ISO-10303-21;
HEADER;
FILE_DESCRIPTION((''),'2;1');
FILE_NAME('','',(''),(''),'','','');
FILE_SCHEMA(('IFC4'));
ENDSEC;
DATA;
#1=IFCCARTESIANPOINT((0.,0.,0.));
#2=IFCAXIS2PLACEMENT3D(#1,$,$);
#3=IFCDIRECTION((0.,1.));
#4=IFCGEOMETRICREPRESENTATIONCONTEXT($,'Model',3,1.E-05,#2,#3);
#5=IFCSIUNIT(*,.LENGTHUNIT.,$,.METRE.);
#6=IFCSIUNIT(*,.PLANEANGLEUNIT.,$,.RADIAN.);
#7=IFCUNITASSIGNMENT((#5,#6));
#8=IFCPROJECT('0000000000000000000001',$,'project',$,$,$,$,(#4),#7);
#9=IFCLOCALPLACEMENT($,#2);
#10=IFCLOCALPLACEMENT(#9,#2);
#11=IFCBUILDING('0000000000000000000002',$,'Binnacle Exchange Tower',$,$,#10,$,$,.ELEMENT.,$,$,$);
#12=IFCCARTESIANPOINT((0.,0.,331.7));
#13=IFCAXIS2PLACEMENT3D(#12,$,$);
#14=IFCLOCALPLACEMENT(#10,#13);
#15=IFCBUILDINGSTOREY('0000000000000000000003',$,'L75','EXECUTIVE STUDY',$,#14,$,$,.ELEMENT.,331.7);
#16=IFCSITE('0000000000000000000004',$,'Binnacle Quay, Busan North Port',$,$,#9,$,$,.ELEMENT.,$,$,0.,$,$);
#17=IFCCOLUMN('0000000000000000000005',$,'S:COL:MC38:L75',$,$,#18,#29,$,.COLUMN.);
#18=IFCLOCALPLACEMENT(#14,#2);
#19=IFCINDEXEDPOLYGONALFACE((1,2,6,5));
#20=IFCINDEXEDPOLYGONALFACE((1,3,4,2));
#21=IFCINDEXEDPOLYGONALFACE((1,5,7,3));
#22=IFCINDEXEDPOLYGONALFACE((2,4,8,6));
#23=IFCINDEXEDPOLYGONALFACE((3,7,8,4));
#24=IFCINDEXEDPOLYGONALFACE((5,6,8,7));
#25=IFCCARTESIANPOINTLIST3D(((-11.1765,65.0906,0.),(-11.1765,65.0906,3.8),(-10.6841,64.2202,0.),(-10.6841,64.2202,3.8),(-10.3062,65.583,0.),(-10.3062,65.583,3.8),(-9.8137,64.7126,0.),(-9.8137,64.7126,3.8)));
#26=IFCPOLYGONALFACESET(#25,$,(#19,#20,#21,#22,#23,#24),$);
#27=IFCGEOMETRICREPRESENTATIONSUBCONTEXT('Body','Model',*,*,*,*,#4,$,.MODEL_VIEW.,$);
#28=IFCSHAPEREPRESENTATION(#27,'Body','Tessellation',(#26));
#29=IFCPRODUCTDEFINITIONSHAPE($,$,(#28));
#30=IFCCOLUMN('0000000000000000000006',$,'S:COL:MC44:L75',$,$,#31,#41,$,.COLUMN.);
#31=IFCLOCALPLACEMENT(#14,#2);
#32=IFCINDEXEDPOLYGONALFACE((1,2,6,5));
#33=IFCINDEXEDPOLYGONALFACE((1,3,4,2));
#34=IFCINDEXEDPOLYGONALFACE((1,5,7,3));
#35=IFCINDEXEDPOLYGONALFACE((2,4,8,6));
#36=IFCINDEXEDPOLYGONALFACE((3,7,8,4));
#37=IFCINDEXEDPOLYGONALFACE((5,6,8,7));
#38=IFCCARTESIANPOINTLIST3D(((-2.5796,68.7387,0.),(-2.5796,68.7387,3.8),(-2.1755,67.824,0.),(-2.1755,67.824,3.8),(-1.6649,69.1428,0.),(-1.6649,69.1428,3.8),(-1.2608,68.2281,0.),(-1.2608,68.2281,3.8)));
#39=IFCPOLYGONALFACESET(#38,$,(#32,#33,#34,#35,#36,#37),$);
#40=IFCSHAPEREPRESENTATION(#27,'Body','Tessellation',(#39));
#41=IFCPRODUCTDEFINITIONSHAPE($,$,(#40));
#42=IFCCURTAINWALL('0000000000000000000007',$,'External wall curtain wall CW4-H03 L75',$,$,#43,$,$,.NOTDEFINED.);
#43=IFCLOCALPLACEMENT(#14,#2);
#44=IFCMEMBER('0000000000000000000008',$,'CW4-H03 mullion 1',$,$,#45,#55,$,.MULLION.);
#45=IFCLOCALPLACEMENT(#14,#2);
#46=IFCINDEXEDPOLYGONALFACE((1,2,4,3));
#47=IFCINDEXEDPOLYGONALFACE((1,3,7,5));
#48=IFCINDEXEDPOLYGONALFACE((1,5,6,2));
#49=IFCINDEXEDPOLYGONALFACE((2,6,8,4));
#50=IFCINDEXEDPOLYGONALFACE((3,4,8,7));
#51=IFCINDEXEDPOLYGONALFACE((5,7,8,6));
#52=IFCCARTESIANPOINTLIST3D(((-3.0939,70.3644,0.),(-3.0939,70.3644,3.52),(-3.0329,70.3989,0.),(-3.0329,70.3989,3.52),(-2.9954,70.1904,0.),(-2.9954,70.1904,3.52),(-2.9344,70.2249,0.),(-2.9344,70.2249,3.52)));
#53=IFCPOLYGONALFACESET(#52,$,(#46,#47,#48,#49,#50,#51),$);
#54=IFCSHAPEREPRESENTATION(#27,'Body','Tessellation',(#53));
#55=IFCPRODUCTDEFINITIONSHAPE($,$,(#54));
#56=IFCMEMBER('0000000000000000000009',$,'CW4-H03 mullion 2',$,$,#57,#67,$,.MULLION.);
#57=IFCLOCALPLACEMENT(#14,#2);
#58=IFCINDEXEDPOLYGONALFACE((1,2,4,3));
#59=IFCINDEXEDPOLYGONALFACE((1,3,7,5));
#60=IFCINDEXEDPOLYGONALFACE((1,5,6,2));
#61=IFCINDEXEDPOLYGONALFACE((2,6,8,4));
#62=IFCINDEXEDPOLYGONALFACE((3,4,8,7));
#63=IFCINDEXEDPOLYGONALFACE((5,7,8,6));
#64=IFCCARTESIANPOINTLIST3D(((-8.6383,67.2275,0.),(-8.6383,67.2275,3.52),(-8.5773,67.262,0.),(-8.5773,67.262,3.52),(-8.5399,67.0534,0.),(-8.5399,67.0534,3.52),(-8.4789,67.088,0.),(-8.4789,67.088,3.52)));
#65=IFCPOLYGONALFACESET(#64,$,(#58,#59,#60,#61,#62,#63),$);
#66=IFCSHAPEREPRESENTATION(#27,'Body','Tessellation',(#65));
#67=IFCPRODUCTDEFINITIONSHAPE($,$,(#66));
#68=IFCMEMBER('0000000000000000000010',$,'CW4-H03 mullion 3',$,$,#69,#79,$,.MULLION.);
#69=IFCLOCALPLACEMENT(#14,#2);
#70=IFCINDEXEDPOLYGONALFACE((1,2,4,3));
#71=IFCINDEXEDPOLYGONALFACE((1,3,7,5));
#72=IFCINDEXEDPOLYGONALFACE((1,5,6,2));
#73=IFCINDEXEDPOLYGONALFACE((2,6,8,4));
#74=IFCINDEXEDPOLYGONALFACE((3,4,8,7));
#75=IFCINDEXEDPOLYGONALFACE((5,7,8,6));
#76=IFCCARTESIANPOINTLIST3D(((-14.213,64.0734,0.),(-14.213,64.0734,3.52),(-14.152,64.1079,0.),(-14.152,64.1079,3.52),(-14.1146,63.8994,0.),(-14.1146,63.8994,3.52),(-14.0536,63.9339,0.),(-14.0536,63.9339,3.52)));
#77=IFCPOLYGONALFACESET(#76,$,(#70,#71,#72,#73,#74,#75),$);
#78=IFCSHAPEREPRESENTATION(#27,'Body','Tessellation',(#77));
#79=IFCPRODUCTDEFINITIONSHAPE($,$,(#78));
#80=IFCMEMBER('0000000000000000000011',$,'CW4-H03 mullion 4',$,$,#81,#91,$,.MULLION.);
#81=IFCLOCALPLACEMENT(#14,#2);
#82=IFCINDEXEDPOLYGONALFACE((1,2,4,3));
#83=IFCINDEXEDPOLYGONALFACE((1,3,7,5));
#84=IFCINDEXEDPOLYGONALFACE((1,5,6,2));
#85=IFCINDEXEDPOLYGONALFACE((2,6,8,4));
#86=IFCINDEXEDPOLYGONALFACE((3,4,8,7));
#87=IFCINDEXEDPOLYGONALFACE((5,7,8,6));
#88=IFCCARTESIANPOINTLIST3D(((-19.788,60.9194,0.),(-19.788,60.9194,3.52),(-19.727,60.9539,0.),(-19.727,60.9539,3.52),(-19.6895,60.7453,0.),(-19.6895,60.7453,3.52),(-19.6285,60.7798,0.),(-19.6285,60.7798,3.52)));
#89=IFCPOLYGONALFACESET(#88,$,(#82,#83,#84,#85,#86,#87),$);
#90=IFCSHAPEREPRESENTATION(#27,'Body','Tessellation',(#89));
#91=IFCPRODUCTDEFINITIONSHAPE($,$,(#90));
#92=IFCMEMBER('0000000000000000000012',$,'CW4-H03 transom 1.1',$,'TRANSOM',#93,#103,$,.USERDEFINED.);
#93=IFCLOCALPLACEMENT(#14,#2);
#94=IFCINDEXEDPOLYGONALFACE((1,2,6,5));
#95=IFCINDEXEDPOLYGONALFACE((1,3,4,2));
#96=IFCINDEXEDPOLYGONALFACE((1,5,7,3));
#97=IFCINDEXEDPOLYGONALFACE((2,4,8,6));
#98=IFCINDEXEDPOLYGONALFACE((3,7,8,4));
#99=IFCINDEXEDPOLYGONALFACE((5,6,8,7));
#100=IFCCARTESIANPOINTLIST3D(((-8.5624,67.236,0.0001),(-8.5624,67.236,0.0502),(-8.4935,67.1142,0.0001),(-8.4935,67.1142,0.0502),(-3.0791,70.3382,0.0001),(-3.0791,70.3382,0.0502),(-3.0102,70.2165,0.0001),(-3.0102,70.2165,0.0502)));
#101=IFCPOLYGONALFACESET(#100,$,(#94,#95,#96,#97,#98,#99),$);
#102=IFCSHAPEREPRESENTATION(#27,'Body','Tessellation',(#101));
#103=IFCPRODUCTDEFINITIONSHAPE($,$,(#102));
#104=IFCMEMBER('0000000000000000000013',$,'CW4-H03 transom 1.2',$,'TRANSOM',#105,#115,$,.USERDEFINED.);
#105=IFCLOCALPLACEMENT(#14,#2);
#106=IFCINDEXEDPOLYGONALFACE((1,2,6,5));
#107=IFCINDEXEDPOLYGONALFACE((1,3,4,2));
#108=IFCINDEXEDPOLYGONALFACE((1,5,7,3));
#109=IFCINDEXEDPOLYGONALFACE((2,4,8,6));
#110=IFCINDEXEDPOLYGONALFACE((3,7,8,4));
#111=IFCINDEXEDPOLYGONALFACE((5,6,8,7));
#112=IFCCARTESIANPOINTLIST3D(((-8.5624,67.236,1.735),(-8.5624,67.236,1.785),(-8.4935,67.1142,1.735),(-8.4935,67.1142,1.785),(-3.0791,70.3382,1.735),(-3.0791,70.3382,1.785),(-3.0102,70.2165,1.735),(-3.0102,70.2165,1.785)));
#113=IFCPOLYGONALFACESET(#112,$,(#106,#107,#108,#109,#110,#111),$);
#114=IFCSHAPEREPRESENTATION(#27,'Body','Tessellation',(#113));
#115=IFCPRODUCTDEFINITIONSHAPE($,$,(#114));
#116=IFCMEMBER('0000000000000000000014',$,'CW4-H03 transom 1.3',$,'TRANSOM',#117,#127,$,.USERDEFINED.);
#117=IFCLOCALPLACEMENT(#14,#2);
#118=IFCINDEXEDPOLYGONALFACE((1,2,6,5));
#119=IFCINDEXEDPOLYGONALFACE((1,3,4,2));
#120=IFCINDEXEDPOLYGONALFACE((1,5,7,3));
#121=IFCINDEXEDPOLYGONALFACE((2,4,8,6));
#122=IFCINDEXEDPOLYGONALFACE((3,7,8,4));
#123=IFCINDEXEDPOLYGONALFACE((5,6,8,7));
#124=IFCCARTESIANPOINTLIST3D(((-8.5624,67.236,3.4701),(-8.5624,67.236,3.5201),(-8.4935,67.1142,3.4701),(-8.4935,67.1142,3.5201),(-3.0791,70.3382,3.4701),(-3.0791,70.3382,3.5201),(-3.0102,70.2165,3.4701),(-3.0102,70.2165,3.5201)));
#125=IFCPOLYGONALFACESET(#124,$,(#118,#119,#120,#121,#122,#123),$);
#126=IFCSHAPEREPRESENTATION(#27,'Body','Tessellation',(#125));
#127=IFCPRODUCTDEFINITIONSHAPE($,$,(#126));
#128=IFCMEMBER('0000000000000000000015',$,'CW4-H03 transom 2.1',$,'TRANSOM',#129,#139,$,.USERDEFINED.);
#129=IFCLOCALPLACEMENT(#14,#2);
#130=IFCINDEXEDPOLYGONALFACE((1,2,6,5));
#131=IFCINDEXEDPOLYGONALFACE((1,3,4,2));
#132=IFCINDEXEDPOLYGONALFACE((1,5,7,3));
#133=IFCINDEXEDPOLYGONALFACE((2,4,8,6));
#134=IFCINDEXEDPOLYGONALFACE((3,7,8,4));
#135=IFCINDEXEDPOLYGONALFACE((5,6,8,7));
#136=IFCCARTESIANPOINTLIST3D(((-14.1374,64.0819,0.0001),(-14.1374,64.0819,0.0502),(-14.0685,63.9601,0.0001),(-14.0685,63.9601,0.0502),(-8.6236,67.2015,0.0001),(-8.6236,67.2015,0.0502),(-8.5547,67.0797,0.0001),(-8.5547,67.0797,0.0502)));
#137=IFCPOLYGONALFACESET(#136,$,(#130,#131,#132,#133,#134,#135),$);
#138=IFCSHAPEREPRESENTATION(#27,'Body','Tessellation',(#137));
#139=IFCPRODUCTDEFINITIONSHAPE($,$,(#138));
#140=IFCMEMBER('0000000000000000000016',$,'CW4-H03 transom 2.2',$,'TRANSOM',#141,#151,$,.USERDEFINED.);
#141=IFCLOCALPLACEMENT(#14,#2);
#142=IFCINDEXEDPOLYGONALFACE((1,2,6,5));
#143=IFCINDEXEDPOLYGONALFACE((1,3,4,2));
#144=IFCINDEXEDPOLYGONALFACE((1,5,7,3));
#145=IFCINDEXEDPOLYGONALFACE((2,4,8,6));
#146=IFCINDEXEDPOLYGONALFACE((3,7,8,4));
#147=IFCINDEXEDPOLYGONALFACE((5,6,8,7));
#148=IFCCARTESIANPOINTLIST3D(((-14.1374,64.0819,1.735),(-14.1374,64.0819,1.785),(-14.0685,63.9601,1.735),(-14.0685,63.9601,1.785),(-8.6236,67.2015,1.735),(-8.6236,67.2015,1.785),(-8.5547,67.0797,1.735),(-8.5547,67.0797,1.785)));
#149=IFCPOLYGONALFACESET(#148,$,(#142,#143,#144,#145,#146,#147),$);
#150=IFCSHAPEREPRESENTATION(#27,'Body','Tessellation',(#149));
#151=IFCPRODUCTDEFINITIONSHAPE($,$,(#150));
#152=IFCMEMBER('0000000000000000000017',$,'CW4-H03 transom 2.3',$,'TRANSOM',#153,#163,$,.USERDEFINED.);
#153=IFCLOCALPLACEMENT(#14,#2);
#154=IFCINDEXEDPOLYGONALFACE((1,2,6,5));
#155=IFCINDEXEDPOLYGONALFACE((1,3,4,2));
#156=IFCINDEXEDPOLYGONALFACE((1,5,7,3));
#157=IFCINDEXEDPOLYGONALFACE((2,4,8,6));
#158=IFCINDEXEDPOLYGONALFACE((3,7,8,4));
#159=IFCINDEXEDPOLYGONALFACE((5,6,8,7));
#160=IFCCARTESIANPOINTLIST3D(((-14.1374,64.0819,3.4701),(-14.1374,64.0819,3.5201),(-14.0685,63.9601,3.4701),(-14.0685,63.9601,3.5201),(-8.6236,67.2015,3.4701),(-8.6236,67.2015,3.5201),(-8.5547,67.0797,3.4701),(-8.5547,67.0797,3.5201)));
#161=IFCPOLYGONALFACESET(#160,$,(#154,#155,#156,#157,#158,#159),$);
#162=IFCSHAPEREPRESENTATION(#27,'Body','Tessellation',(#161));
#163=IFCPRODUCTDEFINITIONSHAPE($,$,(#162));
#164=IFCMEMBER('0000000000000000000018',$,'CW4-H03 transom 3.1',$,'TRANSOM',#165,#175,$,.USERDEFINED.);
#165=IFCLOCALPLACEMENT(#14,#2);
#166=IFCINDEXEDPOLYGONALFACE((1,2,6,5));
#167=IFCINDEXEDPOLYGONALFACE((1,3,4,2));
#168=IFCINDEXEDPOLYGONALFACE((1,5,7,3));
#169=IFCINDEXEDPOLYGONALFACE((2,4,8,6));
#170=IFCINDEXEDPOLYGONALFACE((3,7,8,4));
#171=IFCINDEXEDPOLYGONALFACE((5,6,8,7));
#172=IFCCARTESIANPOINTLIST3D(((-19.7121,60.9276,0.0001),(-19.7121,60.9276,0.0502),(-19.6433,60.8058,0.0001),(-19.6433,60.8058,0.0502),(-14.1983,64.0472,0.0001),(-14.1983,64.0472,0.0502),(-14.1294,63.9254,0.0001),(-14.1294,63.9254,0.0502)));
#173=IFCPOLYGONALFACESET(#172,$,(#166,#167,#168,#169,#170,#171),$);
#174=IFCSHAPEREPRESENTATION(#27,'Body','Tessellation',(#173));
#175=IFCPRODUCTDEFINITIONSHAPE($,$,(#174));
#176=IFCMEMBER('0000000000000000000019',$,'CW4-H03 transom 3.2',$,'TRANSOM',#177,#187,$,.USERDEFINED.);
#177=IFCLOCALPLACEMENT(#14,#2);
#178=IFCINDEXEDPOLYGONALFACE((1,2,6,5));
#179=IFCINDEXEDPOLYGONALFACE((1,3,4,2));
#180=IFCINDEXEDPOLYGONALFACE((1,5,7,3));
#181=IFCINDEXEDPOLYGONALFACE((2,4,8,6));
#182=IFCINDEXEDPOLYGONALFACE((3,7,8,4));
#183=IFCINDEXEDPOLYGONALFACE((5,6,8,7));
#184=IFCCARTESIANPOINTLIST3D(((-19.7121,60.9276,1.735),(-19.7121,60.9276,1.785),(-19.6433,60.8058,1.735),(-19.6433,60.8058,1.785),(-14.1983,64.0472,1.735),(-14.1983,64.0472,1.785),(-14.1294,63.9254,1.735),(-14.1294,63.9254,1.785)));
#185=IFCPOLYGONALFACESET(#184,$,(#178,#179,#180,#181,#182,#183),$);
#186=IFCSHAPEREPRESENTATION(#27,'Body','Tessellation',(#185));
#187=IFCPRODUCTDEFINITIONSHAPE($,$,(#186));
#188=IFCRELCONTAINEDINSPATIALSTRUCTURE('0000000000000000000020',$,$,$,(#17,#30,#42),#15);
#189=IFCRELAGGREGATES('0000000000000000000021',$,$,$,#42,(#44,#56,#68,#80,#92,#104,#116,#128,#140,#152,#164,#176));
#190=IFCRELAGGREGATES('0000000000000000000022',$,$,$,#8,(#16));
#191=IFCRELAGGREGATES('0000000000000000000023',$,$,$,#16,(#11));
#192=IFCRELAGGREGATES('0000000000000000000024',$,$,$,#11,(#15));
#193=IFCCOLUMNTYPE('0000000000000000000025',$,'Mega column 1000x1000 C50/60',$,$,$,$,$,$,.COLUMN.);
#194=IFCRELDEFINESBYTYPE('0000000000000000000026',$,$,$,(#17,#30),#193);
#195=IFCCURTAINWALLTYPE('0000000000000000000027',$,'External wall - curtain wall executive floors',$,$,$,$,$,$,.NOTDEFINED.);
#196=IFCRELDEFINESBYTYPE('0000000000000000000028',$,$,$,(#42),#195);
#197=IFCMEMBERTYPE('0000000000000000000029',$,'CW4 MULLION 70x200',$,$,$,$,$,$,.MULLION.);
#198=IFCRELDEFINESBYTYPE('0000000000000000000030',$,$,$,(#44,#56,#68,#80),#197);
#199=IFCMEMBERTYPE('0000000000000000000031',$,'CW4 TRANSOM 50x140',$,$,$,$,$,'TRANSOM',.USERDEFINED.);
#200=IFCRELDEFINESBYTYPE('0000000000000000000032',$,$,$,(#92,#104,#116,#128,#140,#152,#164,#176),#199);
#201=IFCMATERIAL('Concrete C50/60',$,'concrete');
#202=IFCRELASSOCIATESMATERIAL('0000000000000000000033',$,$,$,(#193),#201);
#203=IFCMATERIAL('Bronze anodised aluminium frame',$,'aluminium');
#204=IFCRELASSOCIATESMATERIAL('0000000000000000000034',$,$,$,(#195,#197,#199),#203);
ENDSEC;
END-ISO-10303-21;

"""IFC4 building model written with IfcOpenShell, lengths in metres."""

from ifc_helpers import new_model, si_unit, direction, frame, origin, origin_2d, place, context, subcontext, project, spatial, rectangle, extrude, material, material_profile, profile_set, type_object, element, aggregate, save


model = new_model("IFC4")

# Units and contexts
model_context = context("Model", 3, precision=1e-05, world=origin(), true_north=direction((0.0, 1.0)))
body_context = subcontext(model_context, "Body", "Model", "MODEL_VIEW")
ifc_project = project(units=[si_unit("LENGTHUNIT", "METRE"), si_unit("PLANEANGLEUNIT", "RADIAN")], contexts=[model_context])

# Site, building, storey
site_placement = place(None, origin())
site = spatial("IfcSite", under=ifc_project, at=site_placement, Name="Binnacle Quay, Busan North Port", CompositionType="ELEMENT", RefElevation=0.0)
building_placement = place(site_placement, origin())
building = spatial("IfcBuilding", under=site, at=building_placement, Name="Binnacle Exchange Tower", CompositionType="ELEMENT")
storey_placement = place(building_placement, frame((0.0, 0.0, 331.7)))
storey = spatial("IfcBuildingStorey", under=building, at=storey_placement, Name="L75", Description="EXECUTIVE STUDY", CompositionType="ELEMENT", Elevation=331.7)

# Columns
ifc_material_1 = material(Name="Concrete C50/60", Category="concrete")
ifc_material_profile_1 = material_profile(ifc_material_1, rectangle(XDim=1.0, YDim=1.0, at=origin_2d()), Name="Mega column 1000x1000 C50/60")
ifc_profile_set_1 = profile_set([ifc_material_profile_1], Name="Concrete C50/60")
column_type = type_object("IfcColumnType", Name="Mega column 1000x1000 C50/60", PredefinedType="COLUMN", material=ifc_profile_set_1)
for number, where, z_axis, x_axis, name in (
    (1, (-10.4951, 64.9016, 0.0), (0.0, 0.0, 1.0), (-0.870356, -0.492424, 0.0), "S:COL:MC38:L75"),
    (2, (-1.9202, 68.4834, 0.0), (0.0, 0.0, 1.0), (-0.914713, -0.404104, 0.0), "S:COL:MC44:L75"),
):
    element("IfcColumn", number, at=place(storey_placement, frame(where, z_axis=z_axis, x_axis=x_axis)), inside=storey, type_object=column_type, Name=name, PredefinedType="COLUMN", context=body_context, shape_type="SweptSolid", body=[
        extrude(rectangle(XDim=1.0, YDim=1.0, at=origin_2d()), origin(), (0.0, 0.0, 1.0), 3.8),
    ])

# Curtain wall, members
ifc_material_2 = material(Name="Bronze anodised aluminium frame", Category="aluminium")
curtain_wall_type = type_object("IfcCurtainWallType", Name="External wall - curtain wall executive floors", PredefinedType="NOTDEFINED", material=ifc_material_2)
curtain_wall_placement = place(storey_placement, origin())
curtain_wall = element("IfcCurtainWall", 3, at=curtain_wall_placement, inside=storey, type_object=curtain_wall_type, Name="External wall curtain wall CW4-H03 L75", PredefinedType="NOTDEFINED")
ifc_material_profile_2 = material_profile(ifc_material_2, rectangle(XDim=0.2, YDim=0.0701, at=origin_2d()), Name="AL 70x200")
ifc_profile_set_2 = profile_set([ifc_material_profile_2], Name="Bronze anodised aluminium frame")
member_type_1 = type_object("IfcMemberType", Name="CW4 MULLION 70x200", PredefinedType="MULLION", material=ifc_profile_set_2)
member_1_placement = place(storey_placement, frame((-3.0142, 70.2947, 0.0), z_axis=(0.0, 0.0, 1.0), x_axis=(0.492424, -0.870356, 0.0)))
member_1 = element("IfcMember", 4, at=member_1_placement, type_object=member_type_1, Name="CW4-H03 mullion 1", PredefinedType="MULLION", context=body_context, shape_type="SweptSolid", body=[
    extrude(rectangle(XDim=0.2, YDim=0.0701, at=origin_2d()), origin(), (0.0, 0.0, 1.0), 3.52),
])
member_2_placement = place(storey_placement, frame((-8.5586, 67.1577, 0.0), z_axis=(0.0, 0.0, 1.0), x_axis=(0.492424, -0.870356, 0.0)))
member_2 = element("IfcMember", 5, at=member_2_placement, type_object=member_type_1, Name="CW4-H03 mullion 2", PredefinedType="MULLION", context=body_context, shape_type="SweptSolid", body=[
    extrude(rectangle(XDim=0.2, YDim=0.0701, at=origin_2d()), origin(), (0.0, 0.0, 1.0), 3.52),
])
member_3_placement = place(storey_placement, frame((-14.1333, 64.0037, 0.0), z_axis=(0.0, 0.0, 1.0), x_axis=(0.492424, -0.870356, 0.0)))
member_3 = element("IfcMember", 6, at=member_3_placement, type_object=member_type_1, Name="CW4-H03 mullion 3", PredefinedType="MULLION", context=body_context, shape_type="SweptSolid", body=[
    extrude(rectangle(XDim=0.2, YDim=0.0701, at=origin_2d()), origin(), (0.0, 0.0, 1.0), 3.52),
])
member_4_placement = place(storey_placement, frame((-19.7083, 60.8496, 0.0), z_axis=(0.0, 0.0, 1.0), x_axis=(0.492424, -0.870356, 0.0)))
member_4 = element("IfcMember", 7, at=member_4_placement, type_object=member_type_1, Name="CW4-H03 mullion 4", PredefinedType="MULLION", context=body_context, shape_type="SweptSolid", body=[
    extrude(rectangle(XDim=0.2, YDim=0.0701, at=origin_2d()), origin(), (0.0, 0.0, 1.0), 3.52),
])
ifc_material_profile_3 = material_profile(ifc_material_2, rectangle(XDim=0.1399, YDim=0.05, at=origin_2d()), Name="AL 140x50")
ifc_profile_set_3 = profile_set([ifc_material_profile_3], Name="Bronze anodised aluminium frame")
member_type_2 = type_object("IfcMemberType", Name="CW4 TRANSOM 50x140", ElementType="TRANSOM", PredefinedType="USERDEFINED", material=ifc_profile_set_3)
member_5_placement = place(storey_placement, frame((-3.0447, 70.2773, 0.0251), z_axis=(-0.87036, -0.492416, 0.0), x_axis=(0.492416, -0.87036, 0.0)))
member_5 = element("IfcMember", 8, at=member_5_placement, type_object=member_type_2, Name="CW4-H03 transom 1.1", ObjectType="TRANSOM", PredefinedType="USERDEFINED", context=body_context, shape_type="SweptSolid", body=[
    extrude(rectangle(XDim=0.1399, YDim=0.05, at=origin_2d()), origin(), (0.0, 0.0, 1.0), 6.3),
])
member_6_placement = place(storey_placement, frame((-3.0447, 70.2773, 1.76), z_axis=(-0.87036, -0.492416, 0.0), x_axis=(0.492416, -0.87036, 0.0)))
member_6 = element("IfcMember", 9, at=member_6_placement, type_object=member_type_2, Name="CW4-H03 transom 1.2", ObjectType="TRANSOM", PredefinedType="USERDEFINED", context=body_context, shape_type="SweptSolid", body=[
    extrude(rectangle(XDim=0.1399, YDim=0.05, at=origin_2d()), origin(), (0.0, 0.0, 1.0), 6.3),
])
member_7_placement = place(storey_placement, frame((-3.0447, 70.2773, 3.4951), z_axis=(-0.87036, -0.492416, 0.0), x_axis=(0.492416, -0.87036, 0.0)))
member_7 = element("IfcMember", 10, at=member_7_placement, type_object=member_type_2, Name="CW4-H03 transom 1.3", ObjectType="TRANSOM", PredefinedType="USERDEFINED", context=body_context, shape_type="SweptSolid", body=[
    extrude(rectangle(XDim=0.1399, YDim=0.05, at=origin_2d()), origin(), (0.0, 0.0, 1.0), 6.3),
])
member_8_placement = place(storey_placement, frame((-8.5891, 67.1406, 0.0251), z_axis=(-0.870355, -0.492424, 0.0), x_axis=(0.492424, -0.870355, 0.0)))
member_8 = element("IfcMember", 11, at=member_8_placement, type_object=member_type_2, Name="CW4-H03 transom 2.1", ObjectType="TRANSOM", PredefinedType="USERDEFINED", context=body_context, shape_type="SweptSolid", body=[
    extrude(rectangle(XDim=0.1399, YDim=0.05, at=origin_2d()), origin(), (0.0, 0.0, 1.0), 6.3352),
])
member_9_placement = place(storey_placement, frame((-8.5891, 67.1406, 1.76), z_axis=(-0.870355, -0.492424, 0.0), x_axis=(0.492424, -0.870355, 0.0)))
member_9 = element("IfcMember", 12, at=member_9_placement, type_object=member_type_2, Name="CW4-H03 transom 2.2", ObjectType="TRANSOM", PredefinedType="USERDEFINED", context=body_context, shape_type="SweptSolid", body=[
    extrude(rectangle(XDim=0.1399, YDim=0.05, at=origin_2d()), origin(), (0.0, 0.0, 1.0), 6.3352),
])
member_10_placement = place(storey_placement, frame((-8.5891, 67.1406, 3.4951), z_axis=(-0.870355, -0.492424, 0.0), x_axis=(0.492424, -0.870355, 0.0)))
member_10 = element("IfcMember", 13, at=member_10_placement, type_object=member_type_2, Name="CW4-H03 transom 2.3", ObjectType="TRANSOM", PredefinedType="USERDEFINED", context=body_context, shape_type="SweptSolid", body=[
    extrude(rectangle(XDim=0.1399, YDim=0.05, at=origin_2d()), origin(), (0.0, 0.0, 1.0), 6.3352),
])
member_11_placement = place(storey_placement, frame((-14.1638, 63.9863, 0.0251), z_axis=(-0.870355, -0.492424, 0.0), x_axis=(0.492424, -0.870355, 0.0)))
member_11 = element("IfcMember", 14, at=member_11_placement, type_object=member_type_2, Name="CW4-H03 transom 3.1", ObjectType="TRANSOM", PredefinedType="USERDEFINED", context=body_context, shape_type="SweptSolid", body=[
    extrude(rectangle(XDim=0.1399, YDim=0.05, at=origin_2d()), origin(), (0.0, 0.0, 1.0), 6.3352),
])
member_12_placement = place(storey_placement, frame((-14.1638, 63.9863, 1.76), z_axis=(-0.870355, -0.492424, 0.0), x_axis=(0.492424, -0.870355, 0.0)))
member_12 = element("IfcMember", 15, at=member_12_placement, type_object=member_type_2, Name="CW4-H03 transom 3.2", ObjectType="TRANSOM", PredefinedType="USERDEFINED", context=body_context, shape_type="SweptSolid", body=[
    extrude(rectangle(XDim=0.1399, YDim=0.05, at=origin_2d()), origin(), (0.0, 0.0, 1.0), 6.3352),
])

aggregate(curtain_wall, [member_1, member_2, member_3, member_4, member_5, member_6, member_7, member_8, member_9, member_10, member_11, member_12])

save(model, "model.ifc")
